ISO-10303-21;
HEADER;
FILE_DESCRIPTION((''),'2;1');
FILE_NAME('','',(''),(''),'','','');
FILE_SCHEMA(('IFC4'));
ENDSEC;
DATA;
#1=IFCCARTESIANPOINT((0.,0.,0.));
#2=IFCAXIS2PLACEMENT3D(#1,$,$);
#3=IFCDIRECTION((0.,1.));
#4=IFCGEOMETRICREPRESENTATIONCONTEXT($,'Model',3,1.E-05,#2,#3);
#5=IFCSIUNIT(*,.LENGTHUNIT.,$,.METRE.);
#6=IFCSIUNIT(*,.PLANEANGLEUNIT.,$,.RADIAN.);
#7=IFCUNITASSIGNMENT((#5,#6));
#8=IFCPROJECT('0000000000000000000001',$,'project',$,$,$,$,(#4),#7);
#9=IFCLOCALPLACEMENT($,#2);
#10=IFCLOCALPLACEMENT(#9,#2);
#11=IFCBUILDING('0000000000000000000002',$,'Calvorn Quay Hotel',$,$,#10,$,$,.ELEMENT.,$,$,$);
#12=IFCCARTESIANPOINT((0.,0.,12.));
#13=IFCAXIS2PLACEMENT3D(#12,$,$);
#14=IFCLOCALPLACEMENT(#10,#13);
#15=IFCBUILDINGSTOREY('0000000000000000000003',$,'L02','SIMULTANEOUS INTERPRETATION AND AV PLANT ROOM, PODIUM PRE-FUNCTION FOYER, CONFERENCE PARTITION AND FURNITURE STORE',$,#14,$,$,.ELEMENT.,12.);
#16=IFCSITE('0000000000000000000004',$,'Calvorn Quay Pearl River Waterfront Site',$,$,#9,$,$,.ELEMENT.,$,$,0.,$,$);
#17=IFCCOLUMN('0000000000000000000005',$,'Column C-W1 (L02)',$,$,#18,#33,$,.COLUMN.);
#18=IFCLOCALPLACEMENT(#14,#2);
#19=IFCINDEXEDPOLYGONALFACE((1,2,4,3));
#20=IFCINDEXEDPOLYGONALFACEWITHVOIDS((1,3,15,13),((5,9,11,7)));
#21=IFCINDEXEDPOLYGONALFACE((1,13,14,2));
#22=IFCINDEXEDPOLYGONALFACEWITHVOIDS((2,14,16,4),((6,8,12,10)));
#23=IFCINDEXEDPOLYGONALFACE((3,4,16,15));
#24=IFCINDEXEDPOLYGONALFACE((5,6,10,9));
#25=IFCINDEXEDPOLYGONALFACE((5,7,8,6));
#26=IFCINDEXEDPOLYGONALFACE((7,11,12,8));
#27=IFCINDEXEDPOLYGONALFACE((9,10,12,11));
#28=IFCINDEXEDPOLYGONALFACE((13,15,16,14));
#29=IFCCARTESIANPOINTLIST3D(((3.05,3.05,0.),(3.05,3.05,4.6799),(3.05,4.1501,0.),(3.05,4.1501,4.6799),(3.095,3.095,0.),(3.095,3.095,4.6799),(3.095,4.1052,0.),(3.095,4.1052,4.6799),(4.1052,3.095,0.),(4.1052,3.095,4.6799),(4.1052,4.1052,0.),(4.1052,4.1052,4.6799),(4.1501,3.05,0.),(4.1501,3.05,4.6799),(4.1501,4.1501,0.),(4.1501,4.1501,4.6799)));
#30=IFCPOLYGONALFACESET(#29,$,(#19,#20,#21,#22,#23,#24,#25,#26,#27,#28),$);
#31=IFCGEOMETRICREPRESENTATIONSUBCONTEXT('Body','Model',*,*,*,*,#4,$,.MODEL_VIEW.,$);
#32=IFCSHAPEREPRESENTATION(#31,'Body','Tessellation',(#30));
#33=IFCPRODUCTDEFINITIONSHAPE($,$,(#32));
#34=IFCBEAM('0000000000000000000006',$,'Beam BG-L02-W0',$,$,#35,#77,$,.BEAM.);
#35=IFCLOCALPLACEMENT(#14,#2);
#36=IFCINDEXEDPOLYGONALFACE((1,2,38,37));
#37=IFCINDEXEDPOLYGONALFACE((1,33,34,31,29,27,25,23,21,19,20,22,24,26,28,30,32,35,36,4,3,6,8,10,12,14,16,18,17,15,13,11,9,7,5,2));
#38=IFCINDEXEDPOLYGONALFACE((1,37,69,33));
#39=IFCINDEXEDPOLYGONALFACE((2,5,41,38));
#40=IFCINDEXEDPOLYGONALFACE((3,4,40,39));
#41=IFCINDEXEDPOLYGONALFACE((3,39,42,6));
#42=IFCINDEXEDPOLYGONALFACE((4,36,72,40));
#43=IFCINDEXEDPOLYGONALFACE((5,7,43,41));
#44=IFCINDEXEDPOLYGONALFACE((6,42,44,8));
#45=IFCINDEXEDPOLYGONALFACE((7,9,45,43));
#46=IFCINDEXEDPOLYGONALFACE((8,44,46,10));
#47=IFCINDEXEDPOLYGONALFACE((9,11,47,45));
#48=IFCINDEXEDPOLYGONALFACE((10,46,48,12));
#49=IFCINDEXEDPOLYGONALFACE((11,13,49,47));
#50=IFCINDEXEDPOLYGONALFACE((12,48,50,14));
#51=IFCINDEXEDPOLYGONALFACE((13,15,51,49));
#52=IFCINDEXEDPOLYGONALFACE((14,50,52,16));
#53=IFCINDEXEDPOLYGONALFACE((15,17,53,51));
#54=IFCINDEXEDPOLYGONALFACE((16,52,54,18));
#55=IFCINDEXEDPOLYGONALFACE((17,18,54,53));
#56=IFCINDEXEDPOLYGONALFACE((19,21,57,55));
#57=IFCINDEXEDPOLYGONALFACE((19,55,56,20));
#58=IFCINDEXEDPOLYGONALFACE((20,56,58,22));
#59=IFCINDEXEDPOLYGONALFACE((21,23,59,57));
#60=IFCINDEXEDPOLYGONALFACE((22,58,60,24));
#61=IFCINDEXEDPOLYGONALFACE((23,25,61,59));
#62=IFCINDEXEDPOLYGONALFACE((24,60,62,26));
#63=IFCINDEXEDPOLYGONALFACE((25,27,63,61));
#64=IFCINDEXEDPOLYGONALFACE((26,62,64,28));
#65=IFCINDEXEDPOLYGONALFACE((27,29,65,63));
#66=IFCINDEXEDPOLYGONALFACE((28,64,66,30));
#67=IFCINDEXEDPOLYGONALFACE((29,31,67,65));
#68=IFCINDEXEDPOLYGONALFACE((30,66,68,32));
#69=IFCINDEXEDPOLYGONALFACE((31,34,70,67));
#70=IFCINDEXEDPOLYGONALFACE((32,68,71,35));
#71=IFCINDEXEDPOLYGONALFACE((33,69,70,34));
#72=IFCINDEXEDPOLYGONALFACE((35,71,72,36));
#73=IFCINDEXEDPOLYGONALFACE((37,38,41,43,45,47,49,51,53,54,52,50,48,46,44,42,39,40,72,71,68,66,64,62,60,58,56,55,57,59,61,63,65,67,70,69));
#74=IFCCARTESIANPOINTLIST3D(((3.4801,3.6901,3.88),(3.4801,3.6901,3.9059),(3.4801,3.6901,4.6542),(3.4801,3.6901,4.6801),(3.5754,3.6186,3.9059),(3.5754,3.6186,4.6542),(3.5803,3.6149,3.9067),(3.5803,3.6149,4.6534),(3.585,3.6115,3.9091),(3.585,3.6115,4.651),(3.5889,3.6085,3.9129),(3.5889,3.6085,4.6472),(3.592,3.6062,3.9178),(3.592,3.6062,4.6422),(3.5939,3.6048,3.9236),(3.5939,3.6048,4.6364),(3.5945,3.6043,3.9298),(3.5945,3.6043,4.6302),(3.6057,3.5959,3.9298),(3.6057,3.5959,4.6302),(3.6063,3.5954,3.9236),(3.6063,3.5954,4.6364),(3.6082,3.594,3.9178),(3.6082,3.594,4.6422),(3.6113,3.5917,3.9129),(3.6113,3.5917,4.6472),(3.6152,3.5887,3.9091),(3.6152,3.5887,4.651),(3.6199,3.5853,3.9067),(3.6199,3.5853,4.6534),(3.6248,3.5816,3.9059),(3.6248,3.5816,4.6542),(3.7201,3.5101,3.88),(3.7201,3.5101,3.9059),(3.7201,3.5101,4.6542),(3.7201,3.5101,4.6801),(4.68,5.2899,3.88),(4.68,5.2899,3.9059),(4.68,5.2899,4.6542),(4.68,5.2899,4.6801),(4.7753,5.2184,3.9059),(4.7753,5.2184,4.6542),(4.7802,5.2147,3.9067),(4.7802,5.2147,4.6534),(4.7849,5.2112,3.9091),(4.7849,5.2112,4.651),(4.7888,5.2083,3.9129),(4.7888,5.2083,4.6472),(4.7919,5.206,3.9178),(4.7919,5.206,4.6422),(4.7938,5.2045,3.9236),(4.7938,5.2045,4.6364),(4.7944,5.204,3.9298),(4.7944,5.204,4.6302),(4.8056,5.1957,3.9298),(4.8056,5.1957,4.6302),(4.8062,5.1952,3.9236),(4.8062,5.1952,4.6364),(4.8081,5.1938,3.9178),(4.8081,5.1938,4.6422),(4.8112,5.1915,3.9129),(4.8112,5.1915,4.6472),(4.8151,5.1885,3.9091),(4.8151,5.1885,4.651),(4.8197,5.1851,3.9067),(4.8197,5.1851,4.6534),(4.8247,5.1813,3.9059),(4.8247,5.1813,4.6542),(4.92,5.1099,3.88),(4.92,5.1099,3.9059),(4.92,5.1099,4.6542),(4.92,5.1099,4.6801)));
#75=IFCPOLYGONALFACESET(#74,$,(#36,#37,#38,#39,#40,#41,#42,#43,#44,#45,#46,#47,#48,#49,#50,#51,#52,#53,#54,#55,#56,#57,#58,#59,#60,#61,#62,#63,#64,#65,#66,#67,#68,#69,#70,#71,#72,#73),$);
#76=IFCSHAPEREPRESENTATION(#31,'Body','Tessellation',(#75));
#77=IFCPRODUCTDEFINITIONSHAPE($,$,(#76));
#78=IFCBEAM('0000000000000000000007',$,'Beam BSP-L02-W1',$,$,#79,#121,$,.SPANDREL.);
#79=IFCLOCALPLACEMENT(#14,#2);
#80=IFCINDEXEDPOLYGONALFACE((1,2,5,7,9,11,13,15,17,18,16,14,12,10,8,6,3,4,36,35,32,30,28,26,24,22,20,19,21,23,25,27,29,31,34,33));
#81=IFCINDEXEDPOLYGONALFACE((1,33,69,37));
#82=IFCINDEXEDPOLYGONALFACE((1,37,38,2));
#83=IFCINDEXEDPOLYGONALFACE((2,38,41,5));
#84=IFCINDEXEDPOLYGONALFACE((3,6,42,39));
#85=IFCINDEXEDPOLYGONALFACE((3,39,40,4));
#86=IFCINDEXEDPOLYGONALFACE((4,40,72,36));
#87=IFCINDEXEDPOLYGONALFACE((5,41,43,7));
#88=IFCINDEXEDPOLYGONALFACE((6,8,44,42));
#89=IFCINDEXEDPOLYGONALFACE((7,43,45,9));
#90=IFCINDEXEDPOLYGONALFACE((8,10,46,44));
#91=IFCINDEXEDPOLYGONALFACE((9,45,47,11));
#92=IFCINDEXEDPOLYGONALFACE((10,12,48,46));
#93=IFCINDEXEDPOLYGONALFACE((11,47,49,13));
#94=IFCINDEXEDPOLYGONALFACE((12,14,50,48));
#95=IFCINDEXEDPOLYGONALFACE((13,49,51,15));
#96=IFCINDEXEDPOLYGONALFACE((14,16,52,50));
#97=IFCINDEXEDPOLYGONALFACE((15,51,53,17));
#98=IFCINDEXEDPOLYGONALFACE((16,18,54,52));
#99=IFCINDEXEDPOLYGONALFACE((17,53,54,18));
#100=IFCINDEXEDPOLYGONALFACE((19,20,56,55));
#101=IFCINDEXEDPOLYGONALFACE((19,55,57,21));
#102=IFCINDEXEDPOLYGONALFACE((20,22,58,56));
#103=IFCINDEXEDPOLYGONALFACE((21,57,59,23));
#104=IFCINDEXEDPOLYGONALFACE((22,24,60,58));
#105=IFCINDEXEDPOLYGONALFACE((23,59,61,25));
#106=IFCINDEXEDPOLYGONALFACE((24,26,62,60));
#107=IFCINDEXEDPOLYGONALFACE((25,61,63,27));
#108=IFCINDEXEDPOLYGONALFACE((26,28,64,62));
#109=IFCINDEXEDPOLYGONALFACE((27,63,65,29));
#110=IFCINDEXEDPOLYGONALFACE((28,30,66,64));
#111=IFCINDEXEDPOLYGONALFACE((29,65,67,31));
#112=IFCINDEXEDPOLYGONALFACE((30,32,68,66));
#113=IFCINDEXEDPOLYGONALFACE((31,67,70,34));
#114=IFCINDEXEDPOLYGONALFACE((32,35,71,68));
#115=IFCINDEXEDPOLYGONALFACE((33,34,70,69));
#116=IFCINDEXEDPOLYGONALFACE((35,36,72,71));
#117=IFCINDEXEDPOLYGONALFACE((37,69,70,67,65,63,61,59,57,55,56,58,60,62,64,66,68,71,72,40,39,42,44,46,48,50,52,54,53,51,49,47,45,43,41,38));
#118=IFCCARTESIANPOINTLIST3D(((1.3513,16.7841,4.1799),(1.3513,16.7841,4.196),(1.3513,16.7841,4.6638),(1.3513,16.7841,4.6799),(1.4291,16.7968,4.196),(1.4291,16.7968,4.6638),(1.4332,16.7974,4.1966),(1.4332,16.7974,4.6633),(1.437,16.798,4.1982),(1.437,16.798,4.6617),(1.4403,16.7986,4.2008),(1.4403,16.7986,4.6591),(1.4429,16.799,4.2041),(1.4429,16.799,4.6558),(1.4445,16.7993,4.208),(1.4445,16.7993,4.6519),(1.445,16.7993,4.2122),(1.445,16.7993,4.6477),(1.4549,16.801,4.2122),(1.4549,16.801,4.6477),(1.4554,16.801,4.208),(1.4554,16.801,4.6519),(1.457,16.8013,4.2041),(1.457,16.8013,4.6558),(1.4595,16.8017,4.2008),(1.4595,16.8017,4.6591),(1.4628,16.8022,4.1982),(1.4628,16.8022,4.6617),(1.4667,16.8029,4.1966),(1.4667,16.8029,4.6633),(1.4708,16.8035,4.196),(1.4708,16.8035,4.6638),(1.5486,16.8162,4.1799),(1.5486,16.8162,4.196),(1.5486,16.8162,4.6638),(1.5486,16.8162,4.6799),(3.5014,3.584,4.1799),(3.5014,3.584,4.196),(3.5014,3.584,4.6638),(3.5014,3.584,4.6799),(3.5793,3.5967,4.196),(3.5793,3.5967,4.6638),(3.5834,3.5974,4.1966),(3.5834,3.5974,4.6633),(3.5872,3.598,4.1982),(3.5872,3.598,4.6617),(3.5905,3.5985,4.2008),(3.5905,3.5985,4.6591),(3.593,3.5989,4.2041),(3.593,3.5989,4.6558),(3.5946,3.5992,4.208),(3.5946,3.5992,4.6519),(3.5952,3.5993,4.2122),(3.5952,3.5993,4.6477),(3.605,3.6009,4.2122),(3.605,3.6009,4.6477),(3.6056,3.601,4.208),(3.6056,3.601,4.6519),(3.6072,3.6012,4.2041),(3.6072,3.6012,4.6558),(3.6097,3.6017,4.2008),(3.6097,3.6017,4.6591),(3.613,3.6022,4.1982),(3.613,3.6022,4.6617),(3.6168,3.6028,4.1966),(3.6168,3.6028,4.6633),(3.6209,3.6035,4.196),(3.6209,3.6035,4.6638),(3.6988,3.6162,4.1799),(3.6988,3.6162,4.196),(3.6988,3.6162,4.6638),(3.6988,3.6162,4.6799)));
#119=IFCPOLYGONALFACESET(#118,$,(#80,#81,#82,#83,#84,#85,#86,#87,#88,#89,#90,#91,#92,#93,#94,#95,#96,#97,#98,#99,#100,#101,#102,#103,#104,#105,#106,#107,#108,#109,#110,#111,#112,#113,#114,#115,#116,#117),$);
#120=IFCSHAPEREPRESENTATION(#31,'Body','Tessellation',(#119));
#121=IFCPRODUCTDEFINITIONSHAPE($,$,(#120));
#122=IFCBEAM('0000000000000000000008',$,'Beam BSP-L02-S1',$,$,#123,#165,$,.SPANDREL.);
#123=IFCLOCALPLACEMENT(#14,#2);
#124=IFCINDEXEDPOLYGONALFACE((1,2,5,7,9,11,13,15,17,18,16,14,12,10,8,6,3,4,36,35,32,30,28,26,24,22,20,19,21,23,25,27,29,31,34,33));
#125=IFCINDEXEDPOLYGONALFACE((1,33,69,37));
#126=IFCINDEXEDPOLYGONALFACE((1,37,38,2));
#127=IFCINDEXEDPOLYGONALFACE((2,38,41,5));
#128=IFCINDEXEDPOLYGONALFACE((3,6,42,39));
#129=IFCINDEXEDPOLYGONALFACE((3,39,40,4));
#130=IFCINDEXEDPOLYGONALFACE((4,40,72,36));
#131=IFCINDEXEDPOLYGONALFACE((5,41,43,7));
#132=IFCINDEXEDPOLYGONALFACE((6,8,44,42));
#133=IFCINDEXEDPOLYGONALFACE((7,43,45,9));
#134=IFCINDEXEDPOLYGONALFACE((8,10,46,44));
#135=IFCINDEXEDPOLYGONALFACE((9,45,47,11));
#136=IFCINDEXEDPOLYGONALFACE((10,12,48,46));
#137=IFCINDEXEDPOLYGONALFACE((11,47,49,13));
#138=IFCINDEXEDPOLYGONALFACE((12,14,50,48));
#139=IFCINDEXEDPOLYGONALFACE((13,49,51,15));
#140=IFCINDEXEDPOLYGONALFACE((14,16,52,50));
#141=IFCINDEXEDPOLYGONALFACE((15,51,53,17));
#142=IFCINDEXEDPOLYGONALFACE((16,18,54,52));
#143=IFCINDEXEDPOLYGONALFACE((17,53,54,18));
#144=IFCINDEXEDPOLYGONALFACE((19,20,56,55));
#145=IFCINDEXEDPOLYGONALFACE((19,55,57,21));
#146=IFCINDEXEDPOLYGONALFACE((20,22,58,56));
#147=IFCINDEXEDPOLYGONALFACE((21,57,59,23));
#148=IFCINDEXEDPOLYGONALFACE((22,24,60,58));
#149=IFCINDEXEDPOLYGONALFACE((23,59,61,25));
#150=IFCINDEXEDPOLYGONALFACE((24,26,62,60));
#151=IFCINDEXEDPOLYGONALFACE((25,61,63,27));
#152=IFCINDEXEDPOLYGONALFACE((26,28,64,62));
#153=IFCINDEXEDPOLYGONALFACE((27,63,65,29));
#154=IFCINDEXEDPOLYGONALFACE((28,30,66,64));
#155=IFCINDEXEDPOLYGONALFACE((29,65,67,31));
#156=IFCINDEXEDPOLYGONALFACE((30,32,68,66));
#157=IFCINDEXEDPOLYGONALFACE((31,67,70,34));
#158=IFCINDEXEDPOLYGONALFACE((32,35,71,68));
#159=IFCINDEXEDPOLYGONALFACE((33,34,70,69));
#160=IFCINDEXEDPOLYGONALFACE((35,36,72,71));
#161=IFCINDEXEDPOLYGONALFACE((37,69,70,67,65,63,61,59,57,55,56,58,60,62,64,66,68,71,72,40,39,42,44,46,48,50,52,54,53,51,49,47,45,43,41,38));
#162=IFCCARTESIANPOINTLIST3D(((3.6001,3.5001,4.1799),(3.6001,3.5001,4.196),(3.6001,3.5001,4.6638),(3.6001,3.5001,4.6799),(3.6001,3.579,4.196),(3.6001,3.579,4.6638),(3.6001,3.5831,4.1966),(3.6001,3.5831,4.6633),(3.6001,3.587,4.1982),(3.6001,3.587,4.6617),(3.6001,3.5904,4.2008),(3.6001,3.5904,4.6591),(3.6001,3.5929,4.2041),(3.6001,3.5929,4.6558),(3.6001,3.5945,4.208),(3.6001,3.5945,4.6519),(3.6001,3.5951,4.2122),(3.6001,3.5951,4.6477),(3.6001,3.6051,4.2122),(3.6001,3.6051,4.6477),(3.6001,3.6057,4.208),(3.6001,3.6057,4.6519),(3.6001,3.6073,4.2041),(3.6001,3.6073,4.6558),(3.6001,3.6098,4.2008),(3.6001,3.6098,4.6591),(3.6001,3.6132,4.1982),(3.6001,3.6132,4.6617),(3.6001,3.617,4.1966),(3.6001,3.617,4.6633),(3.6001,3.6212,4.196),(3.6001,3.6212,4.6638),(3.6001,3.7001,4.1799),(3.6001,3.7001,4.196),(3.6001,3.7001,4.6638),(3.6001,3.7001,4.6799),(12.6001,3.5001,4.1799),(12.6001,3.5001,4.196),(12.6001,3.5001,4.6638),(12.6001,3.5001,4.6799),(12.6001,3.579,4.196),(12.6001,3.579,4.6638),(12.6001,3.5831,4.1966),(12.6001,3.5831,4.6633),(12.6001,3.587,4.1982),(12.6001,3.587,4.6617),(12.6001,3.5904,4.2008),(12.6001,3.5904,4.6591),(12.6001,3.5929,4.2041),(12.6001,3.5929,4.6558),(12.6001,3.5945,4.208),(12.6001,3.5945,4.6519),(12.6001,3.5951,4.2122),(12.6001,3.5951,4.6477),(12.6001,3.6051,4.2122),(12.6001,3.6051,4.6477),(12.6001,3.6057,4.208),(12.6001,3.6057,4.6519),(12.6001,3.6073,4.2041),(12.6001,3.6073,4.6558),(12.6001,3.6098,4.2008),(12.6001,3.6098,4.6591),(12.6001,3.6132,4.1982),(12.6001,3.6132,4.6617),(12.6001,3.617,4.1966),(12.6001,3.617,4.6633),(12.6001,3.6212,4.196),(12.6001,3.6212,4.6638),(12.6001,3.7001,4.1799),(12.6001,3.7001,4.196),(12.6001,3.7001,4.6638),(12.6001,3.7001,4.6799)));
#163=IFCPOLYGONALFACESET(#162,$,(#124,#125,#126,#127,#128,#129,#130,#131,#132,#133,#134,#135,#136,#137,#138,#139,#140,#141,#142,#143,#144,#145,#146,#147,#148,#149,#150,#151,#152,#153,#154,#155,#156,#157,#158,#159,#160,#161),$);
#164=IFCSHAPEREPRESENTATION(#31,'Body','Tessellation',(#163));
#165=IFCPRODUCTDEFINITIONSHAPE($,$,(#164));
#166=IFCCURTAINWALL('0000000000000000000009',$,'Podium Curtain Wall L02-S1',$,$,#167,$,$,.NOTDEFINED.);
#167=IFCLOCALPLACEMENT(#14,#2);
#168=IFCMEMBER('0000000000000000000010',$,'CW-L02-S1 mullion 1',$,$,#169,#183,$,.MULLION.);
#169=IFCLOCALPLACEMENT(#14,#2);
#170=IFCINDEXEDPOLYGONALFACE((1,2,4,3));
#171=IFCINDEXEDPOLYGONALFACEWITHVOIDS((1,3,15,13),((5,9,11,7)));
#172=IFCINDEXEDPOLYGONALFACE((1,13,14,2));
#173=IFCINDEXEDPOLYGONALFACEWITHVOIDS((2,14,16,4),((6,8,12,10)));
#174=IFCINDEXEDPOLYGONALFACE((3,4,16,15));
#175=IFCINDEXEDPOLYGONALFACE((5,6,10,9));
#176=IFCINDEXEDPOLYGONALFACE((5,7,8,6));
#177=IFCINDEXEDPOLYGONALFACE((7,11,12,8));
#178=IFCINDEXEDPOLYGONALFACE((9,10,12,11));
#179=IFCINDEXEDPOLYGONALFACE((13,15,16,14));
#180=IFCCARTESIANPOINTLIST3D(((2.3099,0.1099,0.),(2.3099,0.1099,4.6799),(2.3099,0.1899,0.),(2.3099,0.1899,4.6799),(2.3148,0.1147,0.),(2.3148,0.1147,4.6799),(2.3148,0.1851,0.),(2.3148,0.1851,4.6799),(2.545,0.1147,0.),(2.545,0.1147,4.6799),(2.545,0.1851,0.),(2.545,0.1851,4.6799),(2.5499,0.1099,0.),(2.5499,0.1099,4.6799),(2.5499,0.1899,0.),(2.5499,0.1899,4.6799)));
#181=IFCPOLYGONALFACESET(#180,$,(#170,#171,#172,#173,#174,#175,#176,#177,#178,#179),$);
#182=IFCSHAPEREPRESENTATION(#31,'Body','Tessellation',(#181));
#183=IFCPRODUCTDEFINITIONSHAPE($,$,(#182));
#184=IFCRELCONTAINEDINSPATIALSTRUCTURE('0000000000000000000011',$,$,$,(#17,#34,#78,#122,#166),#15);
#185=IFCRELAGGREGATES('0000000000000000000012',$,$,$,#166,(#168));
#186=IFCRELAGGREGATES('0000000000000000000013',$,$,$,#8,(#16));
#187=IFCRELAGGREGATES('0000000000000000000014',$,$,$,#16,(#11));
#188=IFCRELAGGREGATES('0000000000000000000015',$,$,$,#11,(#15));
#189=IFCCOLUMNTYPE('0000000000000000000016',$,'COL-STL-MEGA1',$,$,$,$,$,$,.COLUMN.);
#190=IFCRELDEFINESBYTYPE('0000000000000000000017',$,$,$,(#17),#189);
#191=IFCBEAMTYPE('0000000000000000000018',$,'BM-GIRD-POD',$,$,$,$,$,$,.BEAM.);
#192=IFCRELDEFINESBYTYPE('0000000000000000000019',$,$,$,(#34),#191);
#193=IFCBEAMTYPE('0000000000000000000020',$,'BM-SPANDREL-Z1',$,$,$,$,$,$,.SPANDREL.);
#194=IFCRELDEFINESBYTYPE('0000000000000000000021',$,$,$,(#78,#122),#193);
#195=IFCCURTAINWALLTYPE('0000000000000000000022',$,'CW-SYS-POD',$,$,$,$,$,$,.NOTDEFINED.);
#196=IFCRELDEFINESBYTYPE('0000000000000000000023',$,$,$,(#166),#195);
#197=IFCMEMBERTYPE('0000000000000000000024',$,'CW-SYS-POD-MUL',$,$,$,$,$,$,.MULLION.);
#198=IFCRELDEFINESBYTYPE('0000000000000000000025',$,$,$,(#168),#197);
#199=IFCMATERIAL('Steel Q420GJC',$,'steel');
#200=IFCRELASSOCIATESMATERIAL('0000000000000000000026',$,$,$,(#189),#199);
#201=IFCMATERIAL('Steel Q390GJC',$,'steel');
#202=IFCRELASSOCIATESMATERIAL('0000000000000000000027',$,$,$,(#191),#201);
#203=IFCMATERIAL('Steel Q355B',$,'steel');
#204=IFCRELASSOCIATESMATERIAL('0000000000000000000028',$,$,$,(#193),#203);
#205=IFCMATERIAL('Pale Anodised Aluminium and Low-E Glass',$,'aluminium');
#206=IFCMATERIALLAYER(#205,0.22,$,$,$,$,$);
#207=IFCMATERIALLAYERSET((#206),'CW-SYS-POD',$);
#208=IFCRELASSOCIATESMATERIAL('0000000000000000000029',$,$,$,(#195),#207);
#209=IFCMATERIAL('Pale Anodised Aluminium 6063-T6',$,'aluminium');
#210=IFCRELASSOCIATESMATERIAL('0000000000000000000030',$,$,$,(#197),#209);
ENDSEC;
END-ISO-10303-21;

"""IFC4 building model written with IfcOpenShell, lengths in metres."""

from ifc_helpers import new_model, si_unit, direction, frame, origin, origin_2d, place, context, subcontext, project, spatial, hollow_rectangle, i_section, extrude, material, layer, layer_set, material_profile, profile_set, type_object, element, aggregate, save


model = new_model("IFC4")

# Units and contexts
model_context = context("Model", 3, precision=1e-05, world=origin(), true_north=direction((0.0, 1.0)))
body_context = subcontext(model_context, "Body", "Model", "MODEL_VIEW")
ifc_project = project(units=[si_unit("LENGTHUNIT", "METRE"), si_unit("PLANEANGLEUNIT", "RADIAN")], contexts=[model_context])

# Site, building, storey
site_placement = place(None, origin())
site = spatial("IfcSite", under=ifc_project, at=site_placement, Name="Calvorn Quay Pearl River Waterfront Site", CompositionType="ELEMENT", RefElevation=0.0)
building_placement = place(site_placement, origin())
building = spatial("IfcBuilding", under=site, at=building_placement, Name="Calvorn Quay Hotel", CompositionType="ELEMENT")
storey_placement = place(building_placement, frame((0.0, 0.0, 12.0)))
storey = spatial("IfcBuildingStorey", under=building, at=storey_placement, Name="L02", Description="SIMULTANEOUS INTERPRETATION AND AV PLANT ROOM, PODIUM PRE-FUNCTION FOYER, CONFERENCE PARTITION AND FURNITURE STORE", CompositionType="ELEMENT", Elevation=12.0)

# Column
ifc_material_1 = material(Name="Steel Q420GJC", Category="steel")
ifc_material_profile_1 = material_profile(ifc_material_1, hollow_rectangle(XDim=1.1001, YDim=1.1001, WallThickness=0.0449, at=origin_2d()), Name="BOX1100x1100x45")
ifc_profile_set_1 = profile_set([ifc_material_profile_1], Name="Steel Q420GJC")
column_type = type_object("IfcColumnType", Name="COL-STL-MEGA1", PredefinedType="COLUMN", material=ifc_profile_set_1)
column_placement = place(storey_placement, frame((3.6001, 3.6001, 0.0), z_axis=(0.0, 0.0, 1.0), x_axis=(1.0, 0.0, 0.0)))
element("IfcColumn", 1, at=column_placement, inside=storey, type_object=column_type, Name="Column C-W1 (L02)", PredefinedType="COLUMN", context=body_context, shape_type="SweptSolid", body=[
    extrude(hollow_rectangle(XDim=1.1001, YDim=1.1001, WallThickness=0.0449, at=origin_2d()), origin(), (0.0, 0.0, 1.0), 4.6799),
])

# Beams
ifc_material_2 = material(Name="Steel Q390GJC", Category="steel")
ifc_material_profile_2 = material_profile(ifc_material_2, i_section(OverallWidth=0.3, OverallDepth=0.8, WebThickness=0.0139, FlangeThickness=0.0259, FilletRadius=0.0239, at=origin_2d()), Name="HN800x300x14x26")
ifc_profile_set_2 = profile_set([ifc_material_profile_2], Name="Steel Q390GJC")
beam_type_1 = type_object("IfcBeamType", Name="BM-GIRD-POD", PredefinedType="BEAM", material=ifc_profile_set_2)
beam_1_placement = place(storey_placement, frame((3.6001, 3.6001, 4.28), z_axis=(0.60002, 0.799985, 0.0), x_axis=(-0.799985, 0.60002, 0.0)))
element("IfcBeam", 2, at=beam_1_placement, inside=storey, type_object=beam_type_1, Name="Beam BG-L02-W0", PredefinedType="BEAM", context=body_context, shape_type="SweptSolid", body=[
    extrude(i_section(OverallWidth=0.3, OverallDepth=0.8, WebThickness=0.0139, FlangeThickness=0.0259, FilletRadius=0.0239, at=origin_2d()), origin(), (0.0, 0.0, 1.0), 1.9998),
])
ifc_material_3 = material(Name="Steel Q355B", Category="steel")
ifc_material_profile_3 = material_profile(ifc_material_3, i_section(OverallWidth=0.2, OverallDepth=0.5, WebThickness=0.01, FlangeThickness=0.0161, FilletRadius=0.0161, at=origin_2d()), Name="HN500x200x10x16")
ifc_profile_set_3 = profile_set([ifc_material_profile_3], Name="Steel Q355B")
beam_type_2 = type_object("IfcBeamType", Name="BM-SPANDREL-Z1", PredefinedType="SPANDREL", material=ifc_profile_set_3)
beam_2_placement = place(storey_placement, frame((3.6001, 3.6001, 4.4299), z_axis=(-0.160772, 0.986992, 0.0), x_axis=(-0.986992, -0.160772, 0.0)))
element("IfcBeam", 3, at=beam_2_placement, inside=storey, type_object=beam_type_2, Name="Beam BSP-L02-W1", PredefinedType="SPANDREL", context=body_context, shape_type="SweptSolid", body=[
    extrude(i_section(OverallWidth=0.2, OverallDepth=0.5, WebThickness=0.01, FlangeThickness=0.0161, FilletRadius=0.0161, at=origin_2d()), origin(), (0.0, 0.0, 1.0), 13.374),
])
beam_3_placement = place(storey_placement, frame((3.6001, 3.6001, 4.4299), z_axis=(1.0, 0.0, 0.0), x_axis=(0.0, 1.0, 0.0)))
element("IfcBeam", 4, at=beam_3_placement, inside=storey, type_object=beam_type_2, Name="Beam BSP-L02-S1", PredefinedType="SPANDREL", context=body_context, shape_type="SweptSolid", body=[
    extrude(i_section(OverallWidth=0.2, OverallDepth=0.5, WebThickness=0.01, FlangeThickness=0.0161, FilletRadius=0.0161, at=origin_2d()), origin(), (0.0, 0.0, 1.0), 9.0),
])

# Curtain wall, member
ifc_material_4 = material(Name="Pale Anodised Aluminium and Low-E Glass", Category="aluminium")
ifc_layer_1 = layer(ifc_material_4, 0.22)
ifc_layer_set_1 = layer_set([ifc_layer_1], Name="CW-SYS-POD")
curtain_wall_type = type_object("IfcCurtainWallType", Name="CW-SYS-POD", PredefinedType="NOTDEFINED", material=ifc_layer_set_1)
curtain_wall_1_placement = place(storey_placement, origin())
curtain_wall_1 = element("IfcCurtainWall", 5, at=curtain_wall_1_placement, inside=storey, type_object=curtain_wall_type, Name="Podium Curtain Wall L02-S1", PredefinedType="NOTDEFINED")
ifc_material_5 = material(Name="Pale Anodised Aluminium 6063-T6", Category="aluminium")
ifc_material_profile_4 = material_profile(ifc_material_5, hollow_rectangle(XDim=0.0801, YDim=0.24, WallThickness=0.0049, at=origin_2d()), Name="ALU-M240x80x5")
ifc_profile_set_4 = profile_set([ifc_material_profile_4], Name="Pale Anodised Aluminium 6063-T6")
member_type_1 = type_object("IfcMemberType", Name="CW-SYS-POD-MUL", PredefinedType="MULLION", material=ifc_profile_set_4)
member_1_placement = place(storey_placement, frame((2.4299, 0.1499, 0.0), z_axis=(0.0, 0.0, 1.0), x_axis=(0.0, 1.0, 0.0)))
member_1 = element("IfcMember", 6, at=member_1_placement, type_object=member_type_1, Name="CW-L02-S1 mullion 1", PredefinedType="MULLION", context=body_context, shape_type="SweptSolid", body=[
    extrude(hollow_rectangle(XDim=0.0801, YDim=0.24, WallThickness=0.0049, at=origin_2d()), origin(), (0.0, 0.0, 1.0), 4.6799),
])

aggregate(curtain_wall_1, [member_1])

save(model, "model.ifc")
